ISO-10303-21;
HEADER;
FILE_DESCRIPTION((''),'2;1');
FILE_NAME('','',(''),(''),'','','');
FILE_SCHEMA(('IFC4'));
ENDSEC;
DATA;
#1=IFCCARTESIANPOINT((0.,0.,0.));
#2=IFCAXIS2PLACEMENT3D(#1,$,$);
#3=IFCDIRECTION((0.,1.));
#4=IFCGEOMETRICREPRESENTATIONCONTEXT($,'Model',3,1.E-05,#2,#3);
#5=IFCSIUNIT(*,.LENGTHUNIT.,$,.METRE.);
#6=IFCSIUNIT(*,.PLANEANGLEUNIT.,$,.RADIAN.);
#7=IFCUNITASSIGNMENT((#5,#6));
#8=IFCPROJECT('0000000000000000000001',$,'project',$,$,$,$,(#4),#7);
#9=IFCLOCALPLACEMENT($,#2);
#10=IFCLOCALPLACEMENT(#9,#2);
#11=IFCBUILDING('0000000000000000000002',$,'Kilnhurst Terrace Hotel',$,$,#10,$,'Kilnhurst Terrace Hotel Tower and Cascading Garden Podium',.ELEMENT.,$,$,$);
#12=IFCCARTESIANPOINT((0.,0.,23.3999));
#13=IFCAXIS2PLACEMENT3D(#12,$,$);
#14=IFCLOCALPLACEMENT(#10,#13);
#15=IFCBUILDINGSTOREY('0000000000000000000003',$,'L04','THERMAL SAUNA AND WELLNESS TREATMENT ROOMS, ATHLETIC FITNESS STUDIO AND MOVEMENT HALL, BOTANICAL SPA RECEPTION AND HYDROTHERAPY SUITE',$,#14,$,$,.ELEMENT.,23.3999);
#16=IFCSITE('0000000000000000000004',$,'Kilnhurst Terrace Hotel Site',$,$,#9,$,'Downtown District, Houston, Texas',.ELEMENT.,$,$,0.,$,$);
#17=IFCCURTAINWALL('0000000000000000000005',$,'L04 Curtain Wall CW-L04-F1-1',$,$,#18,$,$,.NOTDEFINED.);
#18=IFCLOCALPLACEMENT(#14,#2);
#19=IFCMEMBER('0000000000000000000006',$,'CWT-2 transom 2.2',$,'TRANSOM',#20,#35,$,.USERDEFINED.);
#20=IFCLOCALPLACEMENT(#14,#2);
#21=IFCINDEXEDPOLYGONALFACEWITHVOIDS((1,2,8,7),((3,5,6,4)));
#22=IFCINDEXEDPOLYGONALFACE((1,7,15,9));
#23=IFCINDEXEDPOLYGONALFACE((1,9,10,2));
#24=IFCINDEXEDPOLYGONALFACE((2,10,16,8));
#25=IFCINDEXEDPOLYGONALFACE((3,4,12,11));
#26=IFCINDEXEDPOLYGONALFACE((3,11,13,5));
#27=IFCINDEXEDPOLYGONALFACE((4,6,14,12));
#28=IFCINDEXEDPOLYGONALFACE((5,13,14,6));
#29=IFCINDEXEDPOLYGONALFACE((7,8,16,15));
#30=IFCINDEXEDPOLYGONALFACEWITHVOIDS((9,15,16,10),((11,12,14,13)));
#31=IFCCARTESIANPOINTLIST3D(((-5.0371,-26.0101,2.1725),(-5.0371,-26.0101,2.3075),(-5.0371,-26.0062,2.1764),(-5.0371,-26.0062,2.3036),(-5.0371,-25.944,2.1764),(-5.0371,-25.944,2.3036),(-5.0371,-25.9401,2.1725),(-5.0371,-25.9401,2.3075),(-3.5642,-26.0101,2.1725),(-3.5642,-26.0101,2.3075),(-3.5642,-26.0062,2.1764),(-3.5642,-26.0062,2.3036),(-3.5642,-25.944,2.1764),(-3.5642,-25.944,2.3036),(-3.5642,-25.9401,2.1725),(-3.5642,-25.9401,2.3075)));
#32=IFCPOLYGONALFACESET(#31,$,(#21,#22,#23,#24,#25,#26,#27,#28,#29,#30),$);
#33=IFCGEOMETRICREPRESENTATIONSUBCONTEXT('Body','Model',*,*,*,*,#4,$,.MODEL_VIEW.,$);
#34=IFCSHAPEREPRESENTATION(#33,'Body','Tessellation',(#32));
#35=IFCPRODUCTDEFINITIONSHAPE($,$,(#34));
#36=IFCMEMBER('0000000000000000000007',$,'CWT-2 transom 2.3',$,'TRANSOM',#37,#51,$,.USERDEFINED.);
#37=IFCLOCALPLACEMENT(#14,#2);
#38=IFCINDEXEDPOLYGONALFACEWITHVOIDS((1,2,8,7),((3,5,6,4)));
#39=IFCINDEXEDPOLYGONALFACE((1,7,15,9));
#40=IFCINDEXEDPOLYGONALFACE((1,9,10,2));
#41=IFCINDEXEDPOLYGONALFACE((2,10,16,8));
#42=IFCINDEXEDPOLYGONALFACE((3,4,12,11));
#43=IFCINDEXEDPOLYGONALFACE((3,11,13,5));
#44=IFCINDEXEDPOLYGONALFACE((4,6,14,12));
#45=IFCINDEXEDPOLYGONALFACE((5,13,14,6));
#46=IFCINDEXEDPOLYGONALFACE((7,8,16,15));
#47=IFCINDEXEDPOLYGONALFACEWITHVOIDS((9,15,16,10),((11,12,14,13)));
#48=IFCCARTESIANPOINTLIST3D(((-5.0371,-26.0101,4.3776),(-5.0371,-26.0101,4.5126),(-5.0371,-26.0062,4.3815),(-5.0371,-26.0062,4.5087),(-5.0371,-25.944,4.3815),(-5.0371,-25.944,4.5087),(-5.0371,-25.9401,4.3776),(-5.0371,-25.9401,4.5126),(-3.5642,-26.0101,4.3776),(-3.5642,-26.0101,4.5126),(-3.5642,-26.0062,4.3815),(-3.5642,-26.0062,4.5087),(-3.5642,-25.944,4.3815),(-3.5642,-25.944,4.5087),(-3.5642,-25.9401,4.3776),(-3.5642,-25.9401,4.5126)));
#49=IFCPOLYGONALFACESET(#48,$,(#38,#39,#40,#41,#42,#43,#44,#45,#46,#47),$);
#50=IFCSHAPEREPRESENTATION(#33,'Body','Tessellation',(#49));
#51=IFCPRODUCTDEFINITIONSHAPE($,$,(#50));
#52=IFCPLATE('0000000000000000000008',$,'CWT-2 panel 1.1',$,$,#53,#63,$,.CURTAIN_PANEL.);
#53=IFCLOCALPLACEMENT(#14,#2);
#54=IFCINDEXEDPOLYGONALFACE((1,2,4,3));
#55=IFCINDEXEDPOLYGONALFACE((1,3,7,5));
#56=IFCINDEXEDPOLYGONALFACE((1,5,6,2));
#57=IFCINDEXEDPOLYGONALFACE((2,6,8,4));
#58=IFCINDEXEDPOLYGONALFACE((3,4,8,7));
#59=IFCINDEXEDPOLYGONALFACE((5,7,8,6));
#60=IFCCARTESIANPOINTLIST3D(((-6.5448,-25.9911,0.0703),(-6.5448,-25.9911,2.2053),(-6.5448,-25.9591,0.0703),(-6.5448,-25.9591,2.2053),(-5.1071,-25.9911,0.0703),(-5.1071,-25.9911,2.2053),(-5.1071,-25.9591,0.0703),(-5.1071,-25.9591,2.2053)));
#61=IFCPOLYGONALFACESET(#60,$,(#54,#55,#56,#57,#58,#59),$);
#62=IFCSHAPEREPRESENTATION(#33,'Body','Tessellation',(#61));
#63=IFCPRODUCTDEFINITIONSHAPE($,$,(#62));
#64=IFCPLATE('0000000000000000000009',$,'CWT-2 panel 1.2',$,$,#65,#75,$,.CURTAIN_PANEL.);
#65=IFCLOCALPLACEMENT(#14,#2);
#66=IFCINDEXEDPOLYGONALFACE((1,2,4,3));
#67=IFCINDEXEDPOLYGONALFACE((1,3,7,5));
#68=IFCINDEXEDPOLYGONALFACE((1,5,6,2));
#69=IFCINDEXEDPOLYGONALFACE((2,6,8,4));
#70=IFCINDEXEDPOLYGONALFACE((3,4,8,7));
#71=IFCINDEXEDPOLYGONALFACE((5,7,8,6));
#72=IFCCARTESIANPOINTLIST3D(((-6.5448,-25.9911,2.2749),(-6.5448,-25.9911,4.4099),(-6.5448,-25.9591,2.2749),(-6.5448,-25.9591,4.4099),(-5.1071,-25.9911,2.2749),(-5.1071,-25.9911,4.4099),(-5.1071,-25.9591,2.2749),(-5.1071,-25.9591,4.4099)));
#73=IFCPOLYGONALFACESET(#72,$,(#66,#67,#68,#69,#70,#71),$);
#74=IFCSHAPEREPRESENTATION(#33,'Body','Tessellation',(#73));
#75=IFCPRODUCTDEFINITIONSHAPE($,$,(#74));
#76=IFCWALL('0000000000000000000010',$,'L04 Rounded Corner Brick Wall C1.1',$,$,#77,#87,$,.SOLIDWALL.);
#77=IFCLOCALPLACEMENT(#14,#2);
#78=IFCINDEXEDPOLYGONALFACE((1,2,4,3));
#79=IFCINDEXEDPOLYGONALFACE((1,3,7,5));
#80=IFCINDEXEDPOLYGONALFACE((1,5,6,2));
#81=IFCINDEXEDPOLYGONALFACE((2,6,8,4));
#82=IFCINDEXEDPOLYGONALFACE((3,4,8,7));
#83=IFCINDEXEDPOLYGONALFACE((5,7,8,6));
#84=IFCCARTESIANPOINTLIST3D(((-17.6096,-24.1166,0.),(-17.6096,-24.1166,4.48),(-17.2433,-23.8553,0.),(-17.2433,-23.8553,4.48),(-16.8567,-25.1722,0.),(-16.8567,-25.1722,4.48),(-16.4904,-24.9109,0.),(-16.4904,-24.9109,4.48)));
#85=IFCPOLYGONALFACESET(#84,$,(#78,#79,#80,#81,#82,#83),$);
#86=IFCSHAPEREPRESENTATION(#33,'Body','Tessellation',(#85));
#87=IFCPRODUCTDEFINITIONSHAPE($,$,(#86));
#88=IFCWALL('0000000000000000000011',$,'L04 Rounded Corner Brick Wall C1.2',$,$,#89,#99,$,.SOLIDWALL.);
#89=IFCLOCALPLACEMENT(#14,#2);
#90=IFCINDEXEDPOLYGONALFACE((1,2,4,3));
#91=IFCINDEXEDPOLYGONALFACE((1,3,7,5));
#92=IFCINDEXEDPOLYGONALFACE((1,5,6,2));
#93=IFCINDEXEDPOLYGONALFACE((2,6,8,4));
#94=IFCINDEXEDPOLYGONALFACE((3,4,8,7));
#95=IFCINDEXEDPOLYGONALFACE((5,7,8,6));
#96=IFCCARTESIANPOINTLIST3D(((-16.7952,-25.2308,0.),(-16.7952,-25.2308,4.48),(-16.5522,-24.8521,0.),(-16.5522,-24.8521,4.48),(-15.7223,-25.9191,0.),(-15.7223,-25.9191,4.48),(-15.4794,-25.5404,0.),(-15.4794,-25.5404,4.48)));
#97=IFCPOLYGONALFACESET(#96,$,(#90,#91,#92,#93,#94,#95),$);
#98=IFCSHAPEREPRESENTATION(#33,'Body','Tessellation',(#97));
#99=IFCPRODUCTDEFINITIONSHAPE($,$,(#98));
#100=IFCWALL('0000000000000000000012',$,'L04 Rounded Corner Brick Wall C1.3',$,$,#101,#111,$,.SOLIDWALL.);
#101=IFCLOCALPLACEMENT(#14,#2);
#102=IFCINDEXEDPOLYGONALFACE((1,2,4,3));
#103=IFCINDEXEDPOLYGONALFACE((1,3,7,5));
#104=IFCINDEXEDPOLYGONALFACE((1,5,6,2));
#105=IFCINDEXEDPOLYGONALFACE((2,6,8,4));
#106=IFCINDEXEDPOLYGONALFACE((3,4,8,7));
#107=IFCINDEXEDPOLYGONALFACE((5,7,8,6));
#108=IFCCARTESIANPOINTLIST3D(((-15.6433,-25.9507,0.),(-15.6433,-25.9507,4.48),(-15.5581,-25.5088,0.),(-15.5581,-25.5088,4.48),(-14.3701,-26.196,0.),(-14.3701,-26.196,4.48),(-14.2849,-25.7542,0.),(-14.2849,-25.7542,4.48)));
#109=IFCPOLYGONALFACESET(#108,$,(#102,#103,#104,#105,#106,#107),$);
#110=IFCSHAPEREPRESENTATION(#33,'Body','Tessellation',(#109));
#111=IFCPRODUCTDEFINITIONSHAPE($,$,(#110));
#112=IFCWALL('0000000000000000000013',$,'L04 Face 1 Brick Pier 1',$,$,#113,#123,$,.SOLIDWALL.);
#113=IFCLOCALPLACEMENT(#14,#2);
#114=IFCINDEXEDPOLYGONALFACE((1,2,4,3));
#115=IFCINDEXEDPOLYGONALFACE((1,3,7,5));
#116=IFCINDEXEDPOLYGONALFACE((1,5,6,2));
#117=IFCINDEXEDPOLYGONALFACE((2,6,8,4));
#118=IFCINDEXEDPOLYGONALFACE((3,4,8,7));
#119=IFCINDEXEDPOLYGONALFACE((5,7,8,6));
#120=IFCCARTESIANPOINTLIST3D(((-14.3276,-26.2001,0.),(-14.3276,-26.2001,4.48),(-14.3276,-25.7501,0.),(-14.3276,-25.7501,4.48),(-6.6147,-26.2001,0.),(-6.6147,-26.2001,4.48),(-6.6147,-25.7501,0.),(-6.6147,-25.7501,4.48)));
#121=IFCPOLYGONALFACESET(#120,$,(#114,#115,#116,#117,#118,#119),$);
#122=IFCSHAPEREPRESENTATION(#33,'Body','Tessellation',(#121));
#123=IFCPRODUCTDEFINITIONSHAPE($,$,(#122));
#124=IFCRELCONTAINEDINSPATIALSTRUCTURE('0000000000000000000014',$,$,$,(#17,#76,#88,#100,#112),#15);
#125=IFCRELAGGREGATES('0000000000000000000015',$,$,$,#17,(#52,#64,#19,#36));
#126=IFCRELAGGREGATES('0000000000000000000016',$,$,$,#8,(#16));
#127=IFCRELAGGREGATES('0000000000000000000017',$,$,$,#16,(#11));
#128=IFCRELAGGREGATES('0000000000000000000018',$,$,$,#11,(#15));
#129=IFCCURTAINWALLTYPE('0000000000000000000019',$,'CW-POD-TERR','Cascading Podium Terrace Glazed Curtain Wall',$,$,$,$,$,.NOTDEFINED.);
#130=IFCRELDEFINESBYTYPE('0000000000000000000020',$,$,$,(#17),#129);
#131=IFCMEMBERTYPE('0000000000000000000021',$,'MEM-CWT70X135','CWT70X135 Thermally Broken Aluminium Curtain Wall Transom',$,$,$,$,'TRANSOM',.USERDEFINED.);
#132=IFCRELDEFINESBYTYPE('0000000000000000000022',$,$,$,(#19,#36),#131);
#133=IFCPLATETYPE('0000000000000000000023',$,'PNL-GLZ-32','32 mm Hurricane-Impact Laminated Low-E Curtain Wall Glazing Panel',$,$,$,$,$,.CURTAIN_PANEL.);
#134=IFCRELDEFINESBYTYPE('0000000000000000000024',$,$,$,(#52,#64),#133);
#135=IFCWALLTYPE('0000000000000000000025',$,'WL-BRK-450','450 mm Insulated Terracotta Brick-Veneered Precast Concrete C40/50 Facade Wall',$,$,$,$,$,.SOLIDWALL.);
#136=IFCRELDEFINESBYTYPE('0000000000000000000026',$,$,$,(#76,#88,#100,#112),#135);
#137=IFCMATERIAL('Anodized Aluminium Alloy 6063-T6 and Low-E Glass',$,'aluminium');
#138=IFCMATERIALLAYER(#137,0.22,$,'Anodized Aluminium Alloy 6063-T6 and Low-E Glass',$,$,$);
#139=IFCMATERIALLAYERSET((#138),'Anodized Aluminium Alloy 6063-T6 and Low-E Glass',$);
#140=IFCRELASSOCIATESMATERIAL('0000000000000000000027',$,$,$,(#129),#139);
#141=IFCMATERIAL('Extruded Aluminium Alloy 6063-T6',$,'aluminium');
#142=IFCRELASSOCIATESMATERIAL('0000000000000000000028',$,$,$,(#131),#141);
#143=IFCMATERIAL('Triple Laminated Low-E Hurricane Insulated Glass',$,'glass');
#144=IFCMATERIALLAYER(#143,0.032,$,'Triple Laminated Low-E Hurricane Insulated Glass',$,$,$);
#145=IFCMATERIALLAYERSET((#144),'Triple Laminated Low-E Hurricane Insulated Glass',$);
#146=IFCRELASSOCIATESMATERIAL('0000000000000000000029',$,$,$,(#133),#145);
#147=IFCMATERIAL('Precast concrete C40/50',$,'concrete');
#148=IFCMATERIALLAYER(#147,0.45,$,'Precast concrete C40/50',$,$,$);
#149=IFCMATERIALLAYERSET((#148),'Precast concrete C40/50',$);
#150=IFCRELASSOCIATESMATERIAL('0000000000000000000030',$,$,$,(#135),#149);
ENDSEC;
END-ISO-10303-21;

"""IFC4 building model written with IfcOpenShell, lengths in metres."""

from ifc_helpers import new_model, si_unit, direction, frame, frame_2d, origin, origin_2d, place, context, subcontext, project, spatial, rectangle, hollow_rectangle, extrude, material, layer, layer_set, material_profile, profile_set, type_object, element, aggregate, save


model = new_model("IFC4")

# Units and contexts
model_context = context("Model", 3, precision=1e-05, world=origin(), true_north=direction((0.0, 1.0)))
body_context = subcontext(model_context, "Body", "Model", "MODEL_VIEW")
ifc_project = project(units=[si_unit("LENGTHUNIT", "METRE"), si_unit("PLANEANGLEUNIT", "RADIAN")], contexts=[model_context])

# Site, building, storey
site_placement = place(None, origin())
site = spatial("IfcSite", under=ifc_project, at=site_placement, Name="Kilnhurst Terrace Hotel Site", LongName="Downtown District, Houston, Texas", CompositionType="ELEMENT", RefElevation=0.0)
building_placement = place(site_placement, origin())
building = spatial("IfcBuilding", under=site, at=building_placement, Name="Kilnhurst Terrace Hotel", LongName="Kilnhurst Terrace Hotel Tower and Cascading Garden Podium", CompositionType="ELEMENT")
storey_placement = place(building_placement, frame((0.0, 0.0, 23.3999)))
storey = spatial("IfcBuildingStorey", under=building, at=storey_placement, Name="L04", Description="THERMAL SAUNA AND WELLNESS TREATMENT ROOMS, ATHLETIC FITNESS STUDIO AND MOVEMENT HALL, BOTANICAL SPA RECEPTION AND HYDROTHERAPY SUITE", CompositionType="ELEMENT", Elevation=23.3999)

# Curtain wall, members, plates
ifc_material_1 = material(Name="Anodized Aluminium Alloy 6063-T6 and Low-E Glass", Category="aluminium")
ifc_layer_1 = layer(ifc_material_1, 0.22, Name="Anodized Aluminium Alloy 6063-T6 and Low-E Glass")
ifc_layer_set_1 = layer_set([ifc_layer_1], Name="Anodized Aluminium Alloy 6063-T6 and Low-E Glass")
curtain_wall_type = type_object("IfcCurtainWallType", Name="CW-POD-TERR", Description="Cascading Podium Terrace Glazed Curtain Wall", PredefinedType="NOTDEFINED", material=ifc_layer_set_1)
curtain_wall_placement = place(storey_placement, origin())
curtain_wall = element("IfcCurtainWall", 1, at=curtain_wall_placement, inside=storey, type_object=curtain_wall_type, Name="L04 Curtain Wall CW-L04-F1-1", PredefinedType="NOTDEFINED")
ifc_material_2 = material(Name="Extruded Aluminium Alloy 6063-T6", Category="aluminium")
ifc_material_profile_1 = material_profile(ifc_material_2, hollow_rectangle(XDim=0.0701, YDim=0.135, WallThickness=0.0039, at=origin_2d()), Name="CWT70X135")
ifc_profile_set_1 = profile_set([ifc_material_profile_1], Name="Extruded Aluminium Alloy 6063-T6")
member_type_1 = type_object("IfcMemberType", Name="MEM-CWT70X135", Description="CWT70X135 Thermally Broken Aluminium Curtain Wall Transom", ElementType="TRANSOM", PredefinedType="USERDEFINED", material=ifc_profile_set_1)
member_1_placement = place(storey_placement, frame((-5.0371, -25.9751, 2.24), z_axis=(1.0, 0.0, 0.0), x_axis=(0.0, 1.0, 0.0)))
member_1 = element("IfcMember", 2, at=member_1_placement, type_object=member_type_1, Name="CWT-2 transom 2.2", ObjectType="TRANSOM", PredefinedType="USERDEFINED", context=body_context, shape_type="SweptSolid", body=[
    extrude(hollow_rectangle(XDim=0.0701, YDim=0.135, WallThickness=0.0039, at=origin_2d()), origin(), (0.0, 0.0, 1.0), 1.4729),
])
member_2_placement = place(storey_placement, frame((-5.0371, -25.9751, 4.4451), z_axis=(1.0, 0.0, 0.0), x_axis=(0.0, 1.0, 0.0)))
member_2 = element("IfcMember", 3, at=member_2_placement, type_object=member_type_1, Name="CWT-2 transom 2.3", ObjectType="TRANSOM", PredefinedType="USERDEFINED", context=body_context, shape_type="SweptSolid", body=[
    extrude(hollow_rectangle(XDim=0.0701, YDim=0.135, WallThickness=0.0039, at=origin_2d()), origin(), (0.0, 0.0, 1.0), 1.4729),
])
ifc_material_3 = material(Name="Triple Laminated Low-E Hurricane Insulated Glass", Category="glass")
ifc_layer_2 = layer(ifc_material_3, 0.032, Name="Triple Laminated Low-E Hurricane Insulated Glass")
ifc_layer_set_2 = layer_set([ifc_layer_2], Name="Triple Laminated Low-E Hurricane Insulated Glass")
plate_type = type_object("IfcPlateType", Name="PNL-GLZ-32", Description="32 mm Hurricane-Impact Laminated Low-E Curtain Wall Glazing Panel", PredefinedType="CURTAIN_PANEL", material=ifc_layer_set_2)
plate_1_placement = place(storey_placement, frame((-5.8259, -25.9751, 0.0703), z_axis=(0.0, 0.0, 1.0), x_axis=(1.0, 0.0, 0.0)))
plate_1 = element("IfcPlate", 4, at=plate_1_placement, type_object=plate_type, Name="CWT-2 panel 1.1", PredefinedType="CURTAIN_PANEL", context=body_context, shape_type="SweptSolid", body=[
    extrude(rectangle(XDim=1.4377, YDim=0.032, at=origin_2d()), origin(), (0.0, 0.0, 1.0), 2.135),
])
plate_2_placement = place(storey_placement, frame((-5.8259, -25.9751, 2.2749), z_axis=(0.0, 0.0, 1.0), x_axis=(1.0, 0.0, 0.0)))
plate_2 = element("IfcPlate", 5, at=plate_2_placement, type_object=plate_type, Name="CWT-2 panel 1.2", PredefinedType="CURTAIN_PANEL", context=body_context, shape_type="SweptSolid", body=[
    extrude(rectangle(XDim=1.4377, YDim=0.032, at=origin_2d()), origin(), (0.0, 0.0, 1.0), 2.135),
])
aggregate(curtain_wall, [plate_1, plate_2, member_1, member_2])

# Walls
ifc_material_4 = material(Name="Precast concrete C40/50", Category="concrete")
ifc_layer_3 = layer(ifc_material_4, 0.45, Name="Precast concrete C40/50")
ifc_layer_set_3 = layer_set([ifc_layer_3], Name="Precast concrete C40/50")
wall_type = type_object("IfcWallType", Name="WL-BRK-450", Description="450 mm Insulated Terracotta Brick-Veneered Precast Concrete C40/50 Facade Wall", PredefinedType="SOLIDWALL", material=ifc_layer_set_3)
wall_1_placement = place(storey_placement, frame((-17.4265, -23.9858, 0.0), z_axis=(0.0, 0.0, 1.0), x_axis=(0.580668, -0.81414, 0.0)))
element("IfcWall", 6, at=wall_1_placement, inside=storey, type_object=wall_type, Name="L04 Rounded Corner Brick Wall C1.1", PredefinedType="SOLIDWALL", context=body_context, shape_type="SweptSolid", body=[
    extrude(rectangle(XDim=1.2966, YDim=0.45, at=frame_2d((0.6484, 0.0))), origin(), (0.0, 0.0, 1.0), 4.48),
])
wall_2_placement = place(storey_placement, frame((-16.6736, -25.0415, 0.0), z_axis=(0.0, 0.0, 1.0), x_axis=(0.841676, -0.539983, 0.0)))
element("IfcWall", 7, at=wall_2_placement, inside=storey, type_object=wall_type, Name="L04 Rounded Corner Brick Wall C1.2", PredefinedType="SOLIDWALL", context=body_context, shape_type="SweptSolid", body=[
    extrude(rectangle(XDim=1.2747, YDim=0.45, at=frame_2d((0.6372, 0.0))), origin(), (0.0, 0.0, 1.0), 4.48),
])
wall_3_placement = place(storey_placement, frame((-15.6008, -25.7297, 0.0), z_axis=(0.0, 0.0, 1.0), x_axis=(0.981933, -0.189231, 0.0)))
element("IfcWall", 8, at=wall_3_placement, inside=storey, type_object=wall_type, Name="L04 Rounded Corner Brick Wall C1.3", PredefinedType="SOLIDWALL", context=body_context, shape_type="SweptSolid", body=[
    extrude(rectangle(XDim=1.2966, YDim=0.45, at=frame_2d((0.6484, 0.0))), origin(), (0.0, 0.0, 1.0), 4.48),
])
wall_4_placement = place(storey_placement, frame((-14.3276, -25.9751, 0.0), z_axis=(0.0, 0.0, 1.0), x_axis=(1.0, 0.0, 0.0)))
element("IfcWall", 9, at=wall_4_placement, inside=storey, type_object=wall_type, Name="L04 Face 1 Brick Pier 1", PredefinedType="SOLIDWALL", context=body_context, shape_type="SweptSolid", body=[
    extrude(rectangle(XDim=7.7129, YDim=0.45, at=frame_2d((3.8564, 0.0))), origin(), (0.0, 0.0, 1.0), 4.48),
])

save(model, "model.ifc")
